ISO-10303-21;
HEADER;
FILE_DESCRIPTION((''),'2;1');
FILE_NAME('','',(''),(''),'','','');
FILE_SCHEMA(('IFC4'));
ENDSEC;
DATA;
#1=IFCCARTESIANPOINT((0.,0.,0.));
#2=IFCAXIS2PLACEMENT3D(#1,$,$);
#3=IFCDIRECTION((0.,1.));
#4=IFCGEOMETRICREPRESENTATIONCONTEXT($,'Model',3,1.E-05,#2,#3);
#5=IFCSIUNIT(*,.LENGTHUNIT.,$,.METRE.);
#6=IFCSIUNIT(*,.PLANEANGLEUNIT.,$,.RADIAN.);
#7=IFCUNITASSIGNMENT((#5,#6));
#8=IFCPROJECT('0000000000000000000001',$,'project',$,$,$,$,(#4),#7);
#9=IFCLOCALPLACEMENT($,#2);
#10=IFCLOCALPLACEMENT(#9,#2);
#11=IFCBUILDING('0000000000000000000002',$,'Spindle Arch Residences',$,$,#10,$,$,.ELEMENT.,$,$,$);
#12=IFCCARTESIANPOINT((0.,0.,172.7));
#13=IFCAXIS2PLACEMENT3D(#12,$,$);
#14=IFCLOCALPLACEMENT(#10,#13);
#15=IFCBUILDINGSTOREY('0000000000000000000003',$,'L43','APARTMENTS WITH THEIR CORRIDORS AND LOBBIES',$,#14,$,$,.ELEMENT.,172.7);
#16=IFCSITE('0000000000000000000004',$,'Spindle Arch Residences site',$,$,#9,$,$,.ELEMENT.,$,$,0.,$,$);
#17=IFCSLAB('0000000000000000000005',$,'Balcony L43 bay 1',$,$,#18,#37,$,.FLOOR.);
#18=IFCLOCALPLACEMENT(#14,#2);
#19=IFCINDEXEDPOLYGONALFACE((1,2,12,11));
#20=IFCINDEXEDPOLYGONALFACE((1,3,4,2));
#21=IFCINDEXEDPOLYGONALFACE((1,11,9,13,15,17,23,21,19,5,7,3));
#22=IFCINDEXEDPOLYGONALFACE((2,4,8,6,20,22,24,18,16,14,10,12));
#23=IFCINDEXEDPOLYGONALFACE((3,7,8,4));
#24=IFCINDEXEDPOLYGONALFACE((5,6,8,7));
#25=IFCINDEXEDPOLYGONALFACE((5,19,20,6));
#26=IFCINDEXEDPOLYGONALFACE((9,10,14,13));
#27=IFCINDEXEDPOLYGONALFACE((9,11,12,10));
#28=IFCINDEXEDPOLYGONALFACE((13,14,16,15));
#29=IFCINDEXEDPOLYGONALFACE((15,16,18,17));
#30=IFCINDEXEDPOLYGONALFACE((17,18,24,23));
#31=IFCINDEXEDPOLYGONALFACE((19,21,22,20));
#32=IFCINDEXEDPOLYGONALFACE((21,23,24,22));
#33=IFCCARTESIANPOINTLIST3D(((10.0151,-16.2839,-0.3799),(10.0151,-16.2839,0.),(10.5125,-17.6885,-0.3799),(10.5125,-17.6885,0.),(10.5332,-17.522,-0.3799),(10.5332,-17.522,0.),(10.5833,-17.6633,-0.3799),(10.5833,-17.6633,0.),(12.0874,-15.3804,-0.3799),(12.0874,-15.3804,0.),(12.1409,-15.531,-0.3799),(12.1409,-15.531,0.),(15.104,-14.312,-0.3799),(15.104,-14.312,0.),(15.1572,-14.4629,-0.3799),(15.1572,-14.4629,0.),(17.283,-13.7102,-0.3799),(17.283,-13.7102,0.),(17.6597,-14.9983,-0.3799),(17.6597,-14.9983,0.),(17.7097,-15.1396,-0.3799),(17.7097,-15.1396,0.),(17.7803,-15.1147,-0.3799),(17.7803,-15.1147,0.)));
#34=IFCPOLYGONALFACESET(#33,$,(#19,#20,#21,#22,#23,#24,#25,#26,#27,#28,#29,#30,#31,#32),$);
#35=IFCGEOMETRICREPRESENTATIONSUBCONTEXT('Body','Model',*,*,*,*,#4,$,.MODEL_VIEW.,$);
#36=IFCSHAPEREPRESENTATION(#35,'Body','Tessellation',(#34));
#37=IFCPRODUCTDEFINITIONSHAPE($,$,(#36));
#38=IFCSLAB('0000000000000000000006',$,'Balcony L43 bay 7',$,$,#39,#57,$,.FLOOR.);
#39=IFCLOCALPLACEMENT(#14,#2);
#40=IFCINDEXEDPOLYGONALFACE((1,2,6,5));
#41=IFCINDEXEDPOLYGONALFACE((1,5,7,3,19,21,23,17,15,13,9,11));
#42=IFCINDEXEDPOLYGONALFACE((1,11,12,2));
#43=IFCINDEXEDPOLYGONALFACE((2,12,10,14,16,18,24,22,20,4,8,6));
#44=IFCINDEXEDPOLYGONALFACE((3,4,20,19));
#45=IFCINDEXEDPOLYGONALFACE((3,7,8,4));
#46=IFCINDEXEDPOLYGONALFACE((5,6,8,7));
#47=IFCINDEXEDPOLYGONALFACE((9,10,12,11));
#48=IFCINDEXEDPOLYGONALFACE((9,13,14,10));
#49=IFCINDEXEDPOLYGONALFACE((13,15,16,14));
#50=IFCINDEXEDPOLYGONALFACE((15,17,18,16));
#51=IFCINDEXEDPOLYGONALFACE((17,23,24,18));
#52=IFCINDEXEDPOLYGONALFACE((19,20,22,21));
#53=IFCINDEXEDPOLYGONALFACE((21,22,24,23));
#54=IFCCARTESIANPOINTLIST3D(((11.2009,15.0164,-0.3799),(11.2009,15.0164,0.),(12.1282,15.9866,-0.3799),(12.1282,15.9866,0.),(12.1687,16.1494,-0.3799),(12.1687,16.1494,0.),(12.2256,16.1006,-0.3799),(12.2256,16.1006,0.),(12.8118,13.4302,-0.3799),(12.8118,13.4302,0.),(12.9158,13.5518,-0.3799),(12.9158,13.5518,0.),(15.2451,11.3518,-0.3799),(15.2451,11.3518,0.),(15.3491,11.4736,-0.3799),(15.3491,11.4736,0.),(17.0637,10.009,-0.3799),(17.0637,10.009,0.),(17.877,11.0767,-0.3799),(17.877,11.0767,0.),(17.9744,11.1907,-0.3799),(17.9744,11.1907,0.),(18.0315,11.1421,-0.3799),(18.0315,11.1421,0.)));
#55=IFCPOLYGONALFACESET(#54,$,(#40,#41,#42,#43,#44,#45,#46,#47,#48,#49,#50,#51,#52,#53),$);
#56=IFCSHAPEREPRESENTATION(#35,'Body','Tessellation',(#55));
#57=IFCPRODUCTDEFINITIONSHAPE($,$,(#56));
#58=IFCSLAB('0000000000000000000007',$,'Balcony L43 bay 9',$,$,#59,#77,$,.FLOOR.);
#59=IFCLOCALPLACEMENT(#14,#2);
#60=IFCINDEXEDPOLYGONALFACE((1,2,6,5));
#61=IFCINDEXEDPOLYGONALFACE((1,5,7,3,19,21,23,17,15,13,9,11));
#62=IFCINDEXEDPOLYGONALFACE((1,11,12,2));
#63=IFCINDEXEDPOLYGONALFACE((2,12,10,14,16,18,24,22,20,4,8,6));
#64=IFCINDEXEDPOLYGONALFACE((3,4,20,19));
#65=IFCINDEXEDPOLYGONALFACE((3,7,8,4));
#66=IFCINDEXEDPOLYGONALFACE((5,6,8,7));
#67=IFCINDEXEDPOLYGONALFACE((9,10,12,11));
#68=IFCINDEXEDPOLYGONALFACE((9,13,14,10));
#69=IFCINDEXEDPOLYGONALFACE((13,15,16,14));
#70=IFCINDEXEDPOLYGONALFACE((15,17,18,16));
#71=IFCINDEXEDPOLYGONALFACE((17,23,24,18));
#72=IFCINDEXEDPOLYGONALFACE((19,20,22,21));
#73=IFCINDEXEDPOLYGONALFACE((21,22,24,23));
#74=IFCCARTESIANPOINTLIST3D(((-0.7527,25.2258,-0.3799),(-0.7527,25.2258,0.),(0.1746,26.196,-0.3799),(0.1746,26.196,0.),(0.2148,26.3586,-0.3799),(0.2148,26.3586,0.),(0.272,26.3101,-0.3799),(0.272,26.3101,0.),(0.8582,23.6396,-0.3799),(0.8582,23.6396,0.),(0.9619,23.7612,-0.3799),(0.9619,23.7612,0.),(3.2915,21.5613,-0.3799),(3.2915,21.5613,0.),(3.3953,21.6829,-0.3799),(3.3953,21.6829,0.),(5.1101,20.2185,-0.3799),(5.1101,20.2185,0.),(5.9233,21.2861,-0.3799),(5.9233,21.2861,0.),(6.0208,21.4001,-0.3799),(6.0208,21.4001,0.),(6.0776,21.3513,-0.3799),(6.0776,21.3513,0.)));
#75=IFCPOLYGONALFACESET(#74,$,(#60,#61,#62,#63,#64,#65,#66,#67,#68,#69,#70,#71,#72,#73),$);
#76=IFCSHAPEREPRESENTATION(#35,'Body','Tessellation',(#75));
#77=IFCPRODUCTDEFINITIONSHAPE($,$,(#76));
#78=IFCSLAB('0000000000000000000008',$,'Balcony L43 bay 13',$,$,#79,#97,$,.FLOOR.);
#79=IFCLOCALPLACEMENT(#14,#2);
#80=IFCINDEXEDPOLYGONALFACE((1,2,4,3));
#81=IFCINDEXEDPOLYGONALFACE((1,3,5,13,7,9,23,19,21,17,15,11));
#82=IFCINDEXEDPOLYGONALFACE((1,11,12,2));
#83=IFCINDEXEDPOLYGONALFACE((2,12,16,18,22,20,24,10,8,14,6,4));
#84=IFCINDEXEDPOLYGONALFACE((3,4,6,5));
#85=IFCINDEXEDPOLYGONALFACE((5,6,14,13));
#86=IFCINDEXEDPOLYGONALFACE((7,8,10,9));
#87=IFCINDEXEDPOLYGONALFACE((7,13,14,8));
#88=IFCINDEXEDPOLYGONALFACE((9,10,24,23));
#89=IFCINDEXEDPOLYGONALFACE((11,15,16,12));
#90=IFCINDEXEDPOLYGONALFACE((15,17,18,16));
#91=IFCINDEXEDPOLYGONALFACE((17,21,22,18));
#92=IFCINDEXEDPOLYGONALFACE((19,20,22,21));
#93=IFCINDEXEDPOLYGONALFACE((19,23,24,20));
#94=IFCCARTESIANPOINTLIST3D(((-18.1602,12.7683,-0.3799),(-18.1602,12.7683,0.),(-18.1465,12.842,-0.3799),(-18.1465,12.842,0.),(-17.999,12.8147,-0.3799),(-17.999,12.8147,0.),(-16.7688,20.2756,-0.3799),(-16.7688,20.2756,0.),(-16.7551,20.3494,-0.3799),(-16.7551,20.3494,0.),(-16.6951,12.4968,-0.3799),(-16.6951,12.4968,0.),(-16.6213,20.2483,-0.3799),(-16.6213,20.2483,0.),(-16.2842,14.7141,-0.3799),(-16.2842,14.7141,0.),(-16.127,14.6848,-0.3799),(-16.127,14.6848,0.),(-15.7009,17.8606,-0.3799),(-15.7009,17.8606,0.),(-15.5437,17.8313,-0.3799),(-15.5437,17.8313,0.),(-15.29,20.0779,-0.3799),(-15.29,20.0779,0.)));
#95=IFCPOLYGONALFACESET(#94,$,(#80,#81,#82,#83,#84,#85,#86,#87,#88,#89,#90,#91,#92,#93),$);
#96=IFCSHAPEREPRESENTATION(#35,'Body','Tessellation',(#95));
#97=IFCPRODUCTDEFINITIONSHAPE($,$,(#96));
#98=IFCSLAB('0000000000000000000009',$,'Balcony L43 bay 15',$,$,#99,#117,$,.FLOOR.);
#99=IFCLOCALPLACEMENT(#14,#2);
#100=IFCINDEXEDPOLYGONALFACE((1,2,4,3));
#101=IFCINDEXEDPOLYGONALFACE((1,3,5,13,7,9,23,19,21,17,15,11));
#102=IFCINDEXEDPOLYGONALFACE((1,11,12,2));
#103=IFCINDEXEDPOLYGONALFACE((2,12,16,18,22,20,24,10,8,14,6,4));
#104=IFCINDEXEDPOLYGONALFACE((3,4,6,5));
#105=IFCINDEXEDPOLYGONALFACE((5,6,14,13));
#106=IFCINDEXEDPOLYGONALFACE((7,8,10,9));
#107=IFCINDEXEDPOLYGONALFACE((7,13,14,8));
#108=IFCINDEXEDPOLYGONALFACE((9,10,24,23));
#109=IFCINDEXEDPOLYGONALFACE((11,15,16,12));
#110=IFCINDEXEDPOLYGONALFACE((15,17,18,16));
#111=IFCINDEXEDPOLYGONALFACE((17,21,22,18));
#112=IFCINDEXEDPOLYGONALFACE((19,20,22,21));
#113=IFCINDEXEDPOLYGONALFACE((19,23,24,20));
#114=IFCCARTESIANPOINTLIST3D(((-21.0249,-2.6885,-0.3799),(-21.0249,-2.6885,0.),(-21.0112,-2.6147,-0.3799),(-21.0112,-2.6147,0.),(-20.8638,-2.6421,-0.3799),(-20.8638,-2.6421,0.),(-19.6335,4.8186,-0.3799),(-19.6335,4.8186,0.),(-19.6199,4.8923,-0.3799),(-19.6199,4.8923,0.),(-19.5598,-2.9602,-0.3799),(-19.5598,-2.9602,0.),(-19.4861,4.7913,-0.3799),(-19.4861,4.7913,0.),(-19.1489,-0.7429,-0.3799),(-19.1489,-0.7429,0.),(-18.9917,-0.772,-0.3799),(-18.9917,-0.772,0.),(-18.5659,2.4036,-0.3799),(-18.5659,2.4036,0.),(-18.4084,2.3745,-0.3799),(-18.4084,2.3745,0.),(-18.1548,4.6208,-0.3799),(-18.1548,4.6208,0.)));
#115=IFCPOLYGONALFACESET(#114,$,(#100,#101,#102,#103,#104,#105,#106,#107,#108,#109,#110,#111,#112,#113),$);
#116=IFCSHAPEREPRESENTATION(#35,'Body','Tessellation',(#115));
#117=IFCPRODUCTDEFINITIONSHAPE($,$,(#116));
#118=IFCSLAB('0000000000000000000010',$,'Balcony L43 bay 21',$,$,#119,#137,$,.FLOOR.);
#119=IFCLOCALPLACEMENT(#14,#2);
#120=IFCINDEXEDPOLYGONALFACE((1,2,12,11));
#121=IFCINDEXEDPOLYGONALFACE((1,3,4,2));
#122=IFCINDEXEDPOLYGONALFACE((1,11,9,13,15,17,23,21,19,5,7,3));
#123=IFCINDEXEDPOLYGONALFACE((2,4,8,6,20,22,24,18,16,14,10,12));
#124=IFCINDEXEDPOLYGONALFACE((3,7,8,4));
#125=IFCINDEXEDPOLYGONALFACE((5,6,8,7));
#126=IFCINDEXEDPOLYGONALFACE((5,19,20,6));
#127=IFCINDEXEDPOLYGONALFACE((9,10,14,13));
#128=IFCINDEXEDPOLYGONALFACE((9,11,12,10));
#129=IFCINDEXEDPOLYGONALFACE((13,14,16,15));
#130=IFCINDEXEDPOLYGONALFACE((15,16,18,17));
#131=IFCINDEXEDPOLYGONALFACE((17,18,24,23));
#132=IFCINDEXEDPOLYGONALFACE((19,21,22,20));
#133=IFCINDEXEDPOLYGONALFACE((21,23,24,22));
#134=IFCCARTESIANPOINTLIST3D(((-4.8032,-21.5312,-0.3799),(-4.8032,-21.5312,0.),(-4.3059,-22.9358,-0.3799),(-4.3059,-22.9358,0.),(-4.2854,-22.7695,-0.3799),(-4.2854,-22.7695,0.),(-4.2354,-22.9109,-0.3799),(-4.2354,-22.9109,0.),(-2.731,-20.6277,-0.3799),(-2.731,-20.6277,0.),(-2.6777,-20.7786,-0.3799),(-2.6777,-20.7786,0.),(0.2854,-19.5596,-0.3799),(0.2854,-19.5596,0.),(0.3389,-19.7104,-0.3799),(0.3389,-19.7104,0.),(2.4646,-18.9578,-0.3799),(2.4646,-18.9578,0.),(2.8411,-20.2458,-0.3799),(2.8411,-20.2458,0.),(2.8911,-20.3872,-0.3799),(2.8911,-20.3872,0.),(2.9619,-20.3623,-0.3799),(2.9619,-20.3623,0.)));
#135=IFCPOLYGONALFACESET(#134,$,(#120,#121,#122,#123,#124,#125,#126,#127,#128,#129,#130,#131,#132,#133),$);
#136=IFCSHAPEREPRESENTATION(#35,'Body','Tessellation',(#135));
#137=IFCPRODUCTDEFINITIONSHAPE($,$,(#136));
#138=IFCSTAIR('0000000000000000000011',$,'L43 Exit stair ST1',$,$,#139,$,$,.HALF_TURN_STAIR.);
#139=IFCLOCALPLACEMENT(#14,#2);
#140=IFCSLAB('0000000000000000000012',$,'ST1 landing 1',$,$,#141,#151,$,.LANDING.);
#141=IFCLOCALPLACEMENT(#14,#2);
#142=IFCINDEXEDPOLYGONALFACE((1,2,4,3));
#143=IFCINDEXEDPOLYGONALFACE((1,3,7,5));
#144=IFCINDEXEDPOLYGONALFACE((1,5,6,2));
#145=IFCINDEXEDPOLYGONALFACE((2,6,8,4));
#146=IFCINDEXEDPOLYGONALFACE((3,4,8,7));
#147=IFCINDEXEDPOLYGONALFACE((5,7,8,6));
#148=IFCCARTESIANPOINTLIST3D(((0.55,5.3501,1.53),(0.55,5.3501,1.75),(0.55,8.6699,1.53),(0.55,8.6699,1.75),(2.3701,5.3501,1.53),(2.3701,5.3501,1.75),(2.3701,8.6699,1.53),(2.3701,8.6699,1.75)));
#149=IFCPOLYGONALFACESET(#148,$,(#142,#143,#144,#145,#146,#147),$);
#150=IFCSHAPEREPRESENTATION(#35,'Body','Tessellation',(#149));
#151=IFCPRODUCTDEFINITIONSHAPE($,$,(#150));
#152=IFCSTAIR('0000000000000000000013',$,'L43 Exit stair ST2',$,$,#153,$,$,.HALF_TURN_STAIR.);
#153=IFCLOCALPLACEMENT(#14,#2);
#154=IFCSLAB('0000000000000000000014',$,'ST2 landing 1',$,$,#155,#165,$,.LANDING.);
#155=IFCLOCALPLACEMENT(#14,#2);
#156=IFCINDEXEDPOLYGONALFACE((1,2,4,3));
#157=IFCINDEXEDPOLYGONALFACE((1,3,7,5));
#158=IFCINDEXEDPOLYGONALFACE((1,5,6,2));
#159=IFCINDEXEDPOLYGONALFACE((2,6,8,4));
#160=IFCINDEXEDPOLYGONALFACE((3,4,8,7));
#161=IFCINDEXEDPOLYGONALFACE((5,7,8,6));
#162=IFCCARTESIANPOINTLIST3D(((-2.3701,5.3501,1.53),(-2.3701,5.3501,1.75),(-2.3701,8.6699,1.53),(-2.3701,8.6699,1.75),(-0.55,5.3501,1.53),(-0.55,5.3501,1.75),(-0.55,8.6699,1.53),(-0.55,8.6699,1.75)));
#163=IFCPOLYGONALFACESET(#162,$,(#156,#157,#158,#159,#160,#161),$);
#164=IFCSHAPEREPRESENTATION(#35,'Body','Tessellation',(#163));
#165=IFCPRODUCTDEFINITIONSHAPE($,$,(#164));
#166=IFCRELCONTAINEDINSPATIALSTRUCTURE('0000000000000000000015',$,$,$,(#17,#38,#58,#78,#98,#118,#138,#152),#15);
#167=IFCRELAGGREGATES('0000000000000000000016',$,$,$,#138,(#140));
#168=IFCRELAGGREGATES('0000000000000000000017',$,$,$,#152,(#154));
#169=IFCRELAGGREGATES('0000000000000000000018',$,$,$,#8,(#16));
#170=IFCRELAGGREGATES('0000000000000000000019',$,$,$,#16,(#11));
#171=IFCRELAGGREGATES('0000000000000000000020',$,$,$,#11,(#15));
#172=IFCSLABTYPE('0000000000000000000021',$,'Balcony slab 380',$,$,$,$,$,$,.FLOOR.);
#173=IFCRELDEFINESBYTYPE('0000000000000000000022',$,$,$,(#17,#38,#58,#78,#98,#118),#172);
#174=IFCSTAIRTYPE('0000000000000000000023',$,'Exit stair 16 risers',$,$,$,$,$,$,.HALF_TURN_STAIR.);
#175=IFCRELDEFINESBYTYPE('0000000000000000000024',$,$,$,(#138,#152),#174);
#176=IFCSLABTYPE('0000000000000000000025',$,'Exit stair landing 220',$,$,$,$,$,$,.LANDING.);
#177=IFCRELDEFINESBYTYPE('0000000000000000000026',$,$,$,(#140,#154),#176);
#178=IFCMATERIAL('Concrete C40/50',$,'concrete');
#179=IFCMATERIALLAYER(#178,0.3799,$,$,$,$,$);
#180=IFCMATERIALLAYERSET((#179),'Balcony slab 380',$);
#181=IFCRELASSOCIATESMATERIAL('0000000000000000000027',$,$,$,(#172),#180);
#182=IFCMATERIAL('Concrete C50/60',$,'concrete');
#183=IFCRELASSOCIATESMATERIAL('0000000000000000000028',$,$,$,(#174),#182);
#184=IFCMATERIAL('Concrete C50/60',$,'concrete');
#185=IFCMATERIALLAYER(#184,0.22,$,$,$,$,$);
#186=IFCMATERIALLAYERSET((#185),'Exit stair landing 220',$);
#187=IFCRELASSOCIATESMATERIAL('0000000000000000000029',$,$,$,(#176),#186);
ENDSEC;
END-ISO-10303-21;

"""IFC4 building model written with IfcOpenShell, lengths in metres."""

from ifc_helpers import new_model, si_unit, direction, frame, origin, place, context, subcontext, project, spatial, polyline, outline, extrude, material, layer, layer_set, type_object, element, aggregate, save


model = new_model("IFC4")

# Units and contexts
model_context = context("Model", 3, precision=1e-05, world=origin(), true_north=direction((0.0, 1.0)))
body_context = subcontext(model_context, "Body", "Model", "MODEL_VIEW")
ifc_project = project(units=[si_unit("LENGTHUNIT", "METRE"), si_unit("PLANEANGLEUNIT", "RADIAN")], contexts=[model_context])

# Site, building, storey
site_placement = place(None, origin())
site = spatial("IfcSite", under=ifc_project, at=site_placement, Name="Spindle Arch Residences site", CompositionType="ELEMENT", RefElevation=0.0)
building_placement = place(site_placement, origin())
building = spatial("IfcBuilding", under=site, at=building_placement, Name="Spindle Arch Residences", CompositionType="ELEMENT")
storey_placement = place(building_placement, frame((0.0, 0.0, 172.7)))
storey = spatial("IfcBuildingStorey", under=building, at=storey_placement, Name="L43", Description="APARTMENTS WITH THEIR CORRIDORS AND LOBBIES", CompositionType="ELEMENT", Elevation=172.7)

# Slabs
ifc_material_1 = material(Name="Concrete C40/50", Category="concrete")
ifc_layer_1 = layer(ifc_material_1, 0.3799)
ifc_layer_set_1 = layer_set([ifc_layer_1], Name="Balcony slab 380")
slab_type_1 = type_object("IfcSlabType", Name="Balcony slab 380", PredefinedType="FLOOR", material=ifc_layer_set_1)
slab_1_placement = place(storey_placement, frame((0.0, 0.0, -0.3799)))
element("IfcSlab", 1, at=slab_1_placement, inside=storey, type_object=slab_type_1, Name="Balcony L43 bay 1", PredefinedType="FLOOR", context=body_context, shape_type="SweptSolid", body=[
    extrude(outline(polyline([(10.5125, -17.6885), (10.5833, -17.6633), (10.5332, -17.522), (17.6597, -14.9983), (17.7097, -15.1396), (17.7803, -15.1147), (17.283, -13.7102), (15.1572, -14.4629), (15.104, -14.312), (12.0874, -15.3804), (12.1409, -15.531), (10.0151, -16.2839), (10.5125, -17.6885)])), origin(), (0.0, 0.0, 1.0), 0.3799),
])
slab_2_placement = place(storey_placement, frame((0.0, 0.0, -0.3799)))
element("IfcSlab", 2, at=slab_2_placement, inside=storey, type_object=slab_type_1, Name="Balcony L43 bay 7", PredefinedType="FLOOR", context=body_context, shape_type="SweptSolid", body=[
    extrude(outline(polyline([(18.0315, 11.1421), (17.9744, 11.1907), (17.877, 11.0767), (12.1282, 15.9866), (12.2256, 16.1006), (12.1687, 16.1494), (11.2009, 15.0164), (12.9158, 13.5518), (12.8118, 13.4302), (15.2451, 11.3518), (15.3491, 11.4736), (17.0637, 10.009), (18.0315, 11.1421)])), origin(), (0.0, 0.0, 1.0), 0.3799),
])
slab_3_placement = place(storey_placement, frame((0.0, 0.0, -0.3799)))
element("IfcSlab", 3, at=slab_3_placement, inside=storey, type_object=slab_type_1, Name="Balcony L43 bay 9", PredefinedType="FLOOR", context=body_context, shape_type="SweptSolid", body=[
    extrude(outline(polyline([(6.0776, 21.3513), (6.0208, 21.4001), (5.9233, 21.2861), (0.1746, 26.196), (0.272, 26.3101), (0.2148, 26.3586), (-0.7527, 25.2258), (0.9619, 23.7612), (0.8582, 23.6396), (3.2915, 21.5613), (3.3953, 21.6829), (5.1101, 20.2185), (6.0776, 21.3513)])), origin(), (0.0, 0.0, 1.0), 0.3799),
])
slab_4_placement = place(storey_placement, frame((0.0, 0.0, -0.3799)))
element("IfcSlab", 4, at=slab_4_placement, inside=storey, type_object=slab_type_1, Name="Balcony L43 bay 13", PredefinedType="FLOOR", context=body_context, shape_type="SweptSolid", body=[
    extrude(outline(polyline([(-16.7551, 20.3494), (-16.7688, 20.2756), (-16.6213, 20.2483), (-17.999, 12.8147), (-18.1465, 12.842), (-18.1602, 12.7683), (-16.6951, 12.4968), (-16.2842, 14.7141), (-16.127, 14.6848), (-15.5437, 17.8313), (-15.7009, 17.8606), (-15.29, 20.0779), (-16.7551, 20.3494)])), origin(), (0.0, 0.0, 1.0), 0.3799),
])
slab_5_placement = place(storey_placement, frame((0.0, 0.0, -0.3799)))
element("IfcSlab", 5, at=slab_5_placement, inside=storey, type_object=slab_type_1, Name="Balcony L43 bay 15", PredefinedType="FLOOR", context=body_context, shape_type="SweptSolid", body=[
    extrude(outline(polyline([(-19.6199, 4.8923), (-19.6335, 4.8186), (-19.4861, 4.7913), (-20.8638, -2.6421), (-21.0112, -2.6147), (-21.0249, -2.6885), (-19.5598, -2.9602), (-19.1489, -0.7429), (-18.9917, -0.772), (-18.4084, 2.3745), (-18.5659, 2.4036), (-18.1548, 4.6208), (-19.6199, 4.8923)])), origin(), (0.0, 0.0, 1.0), 0.3799),
])
slab_6_placement = place(storey_placement, frame((0.0, 0.0, -0.3799)))
element("IfcSlab", 6, at=slab_6_placement, inside=storey, type_object=slab_type_1, Name="Balcony L43 bay 21", PredefinedType="FLOOR", context=body_context, shape_type="SweptSolid", body=[
    extrude(outline(polyline([(-4.3059, -22.9358), (-4.2354, -22.9109), (-4.2854, -22.7695), (2.8411, -20.2458), (2.8911, -20.3872), (2.9619, -20.3623), (2.4646, -18.9578), (0.3389, -19.7104), (0.2854, -19.5596), (-2.731, -20.6277), (-2.6777, -20.7786), (-4.8032, -21.5312), (-4.3059, -22.9358)])), origin(), (0.0, 0.0, 1.0), 0.3799),
])

# Stairs, slabs
ifc_material_2 = material(Name="Concrete C50/60", Category="concrete")
stair_type = type_object("IfcStairType", Name="Exit stair 16 risers", PredefinedType="HALF_TURN_STAIR", material=ifc_material_2)
stair_1_placement = place(storey_placement, origin())
stair_1 = element("IfcStair", 7, at=stair_1_placement, inside=storey, type_object=stair_type, Name="L43 Exit stair ST1", PredefinedType="HALF_TURN_STAIR")
ifc_material_3 = material(Name="Concrete C50/60", Category="concrete")
ifc_layer_2 = layer(ifc_material_3, 0.22)
ifc_layer_set_2 = layer_set([ifc_layer_2], Name="Exit stair landing 220")
slab_type_2 = type_object("IfcSlabType", Name="Exit stair landing 220", PredefinedType="LANDING", material=ifc_layer_set_2)
slab_7_placement = place(storey_placement, frame((0.0, 0.0, 1.53)))
slab_7 = element("IfcSlab", 8, at=slab_7_placement, type_object=slab_type_2, Name="ST1 landing 1", PredefinedType="LANDING", context=body_context, shape_type="SweptSolid", body=[
    extrude(outline(polyline([(2.3701, 8.6699), (0.55, 8.6699), (0.55, 5.3501), (2.3701, 5.3501), (2.3701, 8.6699)])), origin(), (0.0, 0.0, 1.0), 0.22),
])
aggregate(stair_1, [slab_7])
stair_2_placement = place(storey_placement, origin())
stair_2 = element("IfcStair", 9, at=stair_2_placement, inside=storey, type_object=stair_type, Name="L43 Exit stair ST2", PredefinedType="HALF_TURN_STAIR")
slab_8_placement = place(storey_placement, frame((0.0, 0.0, 1.53)))
slab_8 = element("IfcSlab", 10, at=slab_8_placement, type_object=slab_type_2, Name="ST2 landing 1", PredefinedType="LANDING", context=body_context, shape_type="SweptSolid", body=[
    extrude(outline(polyline([(-2.3701, 5.3501), (-0.55, 5.3501), (-0.55, 8.6699), (-2.3701, 8.6699), (-2.3701, 5.3501)])), origin(), (0.0, 0.0, 1.0), 0.22),
])
aggregate(stair_2, [slab_8])

save(model, "model.ifc")
